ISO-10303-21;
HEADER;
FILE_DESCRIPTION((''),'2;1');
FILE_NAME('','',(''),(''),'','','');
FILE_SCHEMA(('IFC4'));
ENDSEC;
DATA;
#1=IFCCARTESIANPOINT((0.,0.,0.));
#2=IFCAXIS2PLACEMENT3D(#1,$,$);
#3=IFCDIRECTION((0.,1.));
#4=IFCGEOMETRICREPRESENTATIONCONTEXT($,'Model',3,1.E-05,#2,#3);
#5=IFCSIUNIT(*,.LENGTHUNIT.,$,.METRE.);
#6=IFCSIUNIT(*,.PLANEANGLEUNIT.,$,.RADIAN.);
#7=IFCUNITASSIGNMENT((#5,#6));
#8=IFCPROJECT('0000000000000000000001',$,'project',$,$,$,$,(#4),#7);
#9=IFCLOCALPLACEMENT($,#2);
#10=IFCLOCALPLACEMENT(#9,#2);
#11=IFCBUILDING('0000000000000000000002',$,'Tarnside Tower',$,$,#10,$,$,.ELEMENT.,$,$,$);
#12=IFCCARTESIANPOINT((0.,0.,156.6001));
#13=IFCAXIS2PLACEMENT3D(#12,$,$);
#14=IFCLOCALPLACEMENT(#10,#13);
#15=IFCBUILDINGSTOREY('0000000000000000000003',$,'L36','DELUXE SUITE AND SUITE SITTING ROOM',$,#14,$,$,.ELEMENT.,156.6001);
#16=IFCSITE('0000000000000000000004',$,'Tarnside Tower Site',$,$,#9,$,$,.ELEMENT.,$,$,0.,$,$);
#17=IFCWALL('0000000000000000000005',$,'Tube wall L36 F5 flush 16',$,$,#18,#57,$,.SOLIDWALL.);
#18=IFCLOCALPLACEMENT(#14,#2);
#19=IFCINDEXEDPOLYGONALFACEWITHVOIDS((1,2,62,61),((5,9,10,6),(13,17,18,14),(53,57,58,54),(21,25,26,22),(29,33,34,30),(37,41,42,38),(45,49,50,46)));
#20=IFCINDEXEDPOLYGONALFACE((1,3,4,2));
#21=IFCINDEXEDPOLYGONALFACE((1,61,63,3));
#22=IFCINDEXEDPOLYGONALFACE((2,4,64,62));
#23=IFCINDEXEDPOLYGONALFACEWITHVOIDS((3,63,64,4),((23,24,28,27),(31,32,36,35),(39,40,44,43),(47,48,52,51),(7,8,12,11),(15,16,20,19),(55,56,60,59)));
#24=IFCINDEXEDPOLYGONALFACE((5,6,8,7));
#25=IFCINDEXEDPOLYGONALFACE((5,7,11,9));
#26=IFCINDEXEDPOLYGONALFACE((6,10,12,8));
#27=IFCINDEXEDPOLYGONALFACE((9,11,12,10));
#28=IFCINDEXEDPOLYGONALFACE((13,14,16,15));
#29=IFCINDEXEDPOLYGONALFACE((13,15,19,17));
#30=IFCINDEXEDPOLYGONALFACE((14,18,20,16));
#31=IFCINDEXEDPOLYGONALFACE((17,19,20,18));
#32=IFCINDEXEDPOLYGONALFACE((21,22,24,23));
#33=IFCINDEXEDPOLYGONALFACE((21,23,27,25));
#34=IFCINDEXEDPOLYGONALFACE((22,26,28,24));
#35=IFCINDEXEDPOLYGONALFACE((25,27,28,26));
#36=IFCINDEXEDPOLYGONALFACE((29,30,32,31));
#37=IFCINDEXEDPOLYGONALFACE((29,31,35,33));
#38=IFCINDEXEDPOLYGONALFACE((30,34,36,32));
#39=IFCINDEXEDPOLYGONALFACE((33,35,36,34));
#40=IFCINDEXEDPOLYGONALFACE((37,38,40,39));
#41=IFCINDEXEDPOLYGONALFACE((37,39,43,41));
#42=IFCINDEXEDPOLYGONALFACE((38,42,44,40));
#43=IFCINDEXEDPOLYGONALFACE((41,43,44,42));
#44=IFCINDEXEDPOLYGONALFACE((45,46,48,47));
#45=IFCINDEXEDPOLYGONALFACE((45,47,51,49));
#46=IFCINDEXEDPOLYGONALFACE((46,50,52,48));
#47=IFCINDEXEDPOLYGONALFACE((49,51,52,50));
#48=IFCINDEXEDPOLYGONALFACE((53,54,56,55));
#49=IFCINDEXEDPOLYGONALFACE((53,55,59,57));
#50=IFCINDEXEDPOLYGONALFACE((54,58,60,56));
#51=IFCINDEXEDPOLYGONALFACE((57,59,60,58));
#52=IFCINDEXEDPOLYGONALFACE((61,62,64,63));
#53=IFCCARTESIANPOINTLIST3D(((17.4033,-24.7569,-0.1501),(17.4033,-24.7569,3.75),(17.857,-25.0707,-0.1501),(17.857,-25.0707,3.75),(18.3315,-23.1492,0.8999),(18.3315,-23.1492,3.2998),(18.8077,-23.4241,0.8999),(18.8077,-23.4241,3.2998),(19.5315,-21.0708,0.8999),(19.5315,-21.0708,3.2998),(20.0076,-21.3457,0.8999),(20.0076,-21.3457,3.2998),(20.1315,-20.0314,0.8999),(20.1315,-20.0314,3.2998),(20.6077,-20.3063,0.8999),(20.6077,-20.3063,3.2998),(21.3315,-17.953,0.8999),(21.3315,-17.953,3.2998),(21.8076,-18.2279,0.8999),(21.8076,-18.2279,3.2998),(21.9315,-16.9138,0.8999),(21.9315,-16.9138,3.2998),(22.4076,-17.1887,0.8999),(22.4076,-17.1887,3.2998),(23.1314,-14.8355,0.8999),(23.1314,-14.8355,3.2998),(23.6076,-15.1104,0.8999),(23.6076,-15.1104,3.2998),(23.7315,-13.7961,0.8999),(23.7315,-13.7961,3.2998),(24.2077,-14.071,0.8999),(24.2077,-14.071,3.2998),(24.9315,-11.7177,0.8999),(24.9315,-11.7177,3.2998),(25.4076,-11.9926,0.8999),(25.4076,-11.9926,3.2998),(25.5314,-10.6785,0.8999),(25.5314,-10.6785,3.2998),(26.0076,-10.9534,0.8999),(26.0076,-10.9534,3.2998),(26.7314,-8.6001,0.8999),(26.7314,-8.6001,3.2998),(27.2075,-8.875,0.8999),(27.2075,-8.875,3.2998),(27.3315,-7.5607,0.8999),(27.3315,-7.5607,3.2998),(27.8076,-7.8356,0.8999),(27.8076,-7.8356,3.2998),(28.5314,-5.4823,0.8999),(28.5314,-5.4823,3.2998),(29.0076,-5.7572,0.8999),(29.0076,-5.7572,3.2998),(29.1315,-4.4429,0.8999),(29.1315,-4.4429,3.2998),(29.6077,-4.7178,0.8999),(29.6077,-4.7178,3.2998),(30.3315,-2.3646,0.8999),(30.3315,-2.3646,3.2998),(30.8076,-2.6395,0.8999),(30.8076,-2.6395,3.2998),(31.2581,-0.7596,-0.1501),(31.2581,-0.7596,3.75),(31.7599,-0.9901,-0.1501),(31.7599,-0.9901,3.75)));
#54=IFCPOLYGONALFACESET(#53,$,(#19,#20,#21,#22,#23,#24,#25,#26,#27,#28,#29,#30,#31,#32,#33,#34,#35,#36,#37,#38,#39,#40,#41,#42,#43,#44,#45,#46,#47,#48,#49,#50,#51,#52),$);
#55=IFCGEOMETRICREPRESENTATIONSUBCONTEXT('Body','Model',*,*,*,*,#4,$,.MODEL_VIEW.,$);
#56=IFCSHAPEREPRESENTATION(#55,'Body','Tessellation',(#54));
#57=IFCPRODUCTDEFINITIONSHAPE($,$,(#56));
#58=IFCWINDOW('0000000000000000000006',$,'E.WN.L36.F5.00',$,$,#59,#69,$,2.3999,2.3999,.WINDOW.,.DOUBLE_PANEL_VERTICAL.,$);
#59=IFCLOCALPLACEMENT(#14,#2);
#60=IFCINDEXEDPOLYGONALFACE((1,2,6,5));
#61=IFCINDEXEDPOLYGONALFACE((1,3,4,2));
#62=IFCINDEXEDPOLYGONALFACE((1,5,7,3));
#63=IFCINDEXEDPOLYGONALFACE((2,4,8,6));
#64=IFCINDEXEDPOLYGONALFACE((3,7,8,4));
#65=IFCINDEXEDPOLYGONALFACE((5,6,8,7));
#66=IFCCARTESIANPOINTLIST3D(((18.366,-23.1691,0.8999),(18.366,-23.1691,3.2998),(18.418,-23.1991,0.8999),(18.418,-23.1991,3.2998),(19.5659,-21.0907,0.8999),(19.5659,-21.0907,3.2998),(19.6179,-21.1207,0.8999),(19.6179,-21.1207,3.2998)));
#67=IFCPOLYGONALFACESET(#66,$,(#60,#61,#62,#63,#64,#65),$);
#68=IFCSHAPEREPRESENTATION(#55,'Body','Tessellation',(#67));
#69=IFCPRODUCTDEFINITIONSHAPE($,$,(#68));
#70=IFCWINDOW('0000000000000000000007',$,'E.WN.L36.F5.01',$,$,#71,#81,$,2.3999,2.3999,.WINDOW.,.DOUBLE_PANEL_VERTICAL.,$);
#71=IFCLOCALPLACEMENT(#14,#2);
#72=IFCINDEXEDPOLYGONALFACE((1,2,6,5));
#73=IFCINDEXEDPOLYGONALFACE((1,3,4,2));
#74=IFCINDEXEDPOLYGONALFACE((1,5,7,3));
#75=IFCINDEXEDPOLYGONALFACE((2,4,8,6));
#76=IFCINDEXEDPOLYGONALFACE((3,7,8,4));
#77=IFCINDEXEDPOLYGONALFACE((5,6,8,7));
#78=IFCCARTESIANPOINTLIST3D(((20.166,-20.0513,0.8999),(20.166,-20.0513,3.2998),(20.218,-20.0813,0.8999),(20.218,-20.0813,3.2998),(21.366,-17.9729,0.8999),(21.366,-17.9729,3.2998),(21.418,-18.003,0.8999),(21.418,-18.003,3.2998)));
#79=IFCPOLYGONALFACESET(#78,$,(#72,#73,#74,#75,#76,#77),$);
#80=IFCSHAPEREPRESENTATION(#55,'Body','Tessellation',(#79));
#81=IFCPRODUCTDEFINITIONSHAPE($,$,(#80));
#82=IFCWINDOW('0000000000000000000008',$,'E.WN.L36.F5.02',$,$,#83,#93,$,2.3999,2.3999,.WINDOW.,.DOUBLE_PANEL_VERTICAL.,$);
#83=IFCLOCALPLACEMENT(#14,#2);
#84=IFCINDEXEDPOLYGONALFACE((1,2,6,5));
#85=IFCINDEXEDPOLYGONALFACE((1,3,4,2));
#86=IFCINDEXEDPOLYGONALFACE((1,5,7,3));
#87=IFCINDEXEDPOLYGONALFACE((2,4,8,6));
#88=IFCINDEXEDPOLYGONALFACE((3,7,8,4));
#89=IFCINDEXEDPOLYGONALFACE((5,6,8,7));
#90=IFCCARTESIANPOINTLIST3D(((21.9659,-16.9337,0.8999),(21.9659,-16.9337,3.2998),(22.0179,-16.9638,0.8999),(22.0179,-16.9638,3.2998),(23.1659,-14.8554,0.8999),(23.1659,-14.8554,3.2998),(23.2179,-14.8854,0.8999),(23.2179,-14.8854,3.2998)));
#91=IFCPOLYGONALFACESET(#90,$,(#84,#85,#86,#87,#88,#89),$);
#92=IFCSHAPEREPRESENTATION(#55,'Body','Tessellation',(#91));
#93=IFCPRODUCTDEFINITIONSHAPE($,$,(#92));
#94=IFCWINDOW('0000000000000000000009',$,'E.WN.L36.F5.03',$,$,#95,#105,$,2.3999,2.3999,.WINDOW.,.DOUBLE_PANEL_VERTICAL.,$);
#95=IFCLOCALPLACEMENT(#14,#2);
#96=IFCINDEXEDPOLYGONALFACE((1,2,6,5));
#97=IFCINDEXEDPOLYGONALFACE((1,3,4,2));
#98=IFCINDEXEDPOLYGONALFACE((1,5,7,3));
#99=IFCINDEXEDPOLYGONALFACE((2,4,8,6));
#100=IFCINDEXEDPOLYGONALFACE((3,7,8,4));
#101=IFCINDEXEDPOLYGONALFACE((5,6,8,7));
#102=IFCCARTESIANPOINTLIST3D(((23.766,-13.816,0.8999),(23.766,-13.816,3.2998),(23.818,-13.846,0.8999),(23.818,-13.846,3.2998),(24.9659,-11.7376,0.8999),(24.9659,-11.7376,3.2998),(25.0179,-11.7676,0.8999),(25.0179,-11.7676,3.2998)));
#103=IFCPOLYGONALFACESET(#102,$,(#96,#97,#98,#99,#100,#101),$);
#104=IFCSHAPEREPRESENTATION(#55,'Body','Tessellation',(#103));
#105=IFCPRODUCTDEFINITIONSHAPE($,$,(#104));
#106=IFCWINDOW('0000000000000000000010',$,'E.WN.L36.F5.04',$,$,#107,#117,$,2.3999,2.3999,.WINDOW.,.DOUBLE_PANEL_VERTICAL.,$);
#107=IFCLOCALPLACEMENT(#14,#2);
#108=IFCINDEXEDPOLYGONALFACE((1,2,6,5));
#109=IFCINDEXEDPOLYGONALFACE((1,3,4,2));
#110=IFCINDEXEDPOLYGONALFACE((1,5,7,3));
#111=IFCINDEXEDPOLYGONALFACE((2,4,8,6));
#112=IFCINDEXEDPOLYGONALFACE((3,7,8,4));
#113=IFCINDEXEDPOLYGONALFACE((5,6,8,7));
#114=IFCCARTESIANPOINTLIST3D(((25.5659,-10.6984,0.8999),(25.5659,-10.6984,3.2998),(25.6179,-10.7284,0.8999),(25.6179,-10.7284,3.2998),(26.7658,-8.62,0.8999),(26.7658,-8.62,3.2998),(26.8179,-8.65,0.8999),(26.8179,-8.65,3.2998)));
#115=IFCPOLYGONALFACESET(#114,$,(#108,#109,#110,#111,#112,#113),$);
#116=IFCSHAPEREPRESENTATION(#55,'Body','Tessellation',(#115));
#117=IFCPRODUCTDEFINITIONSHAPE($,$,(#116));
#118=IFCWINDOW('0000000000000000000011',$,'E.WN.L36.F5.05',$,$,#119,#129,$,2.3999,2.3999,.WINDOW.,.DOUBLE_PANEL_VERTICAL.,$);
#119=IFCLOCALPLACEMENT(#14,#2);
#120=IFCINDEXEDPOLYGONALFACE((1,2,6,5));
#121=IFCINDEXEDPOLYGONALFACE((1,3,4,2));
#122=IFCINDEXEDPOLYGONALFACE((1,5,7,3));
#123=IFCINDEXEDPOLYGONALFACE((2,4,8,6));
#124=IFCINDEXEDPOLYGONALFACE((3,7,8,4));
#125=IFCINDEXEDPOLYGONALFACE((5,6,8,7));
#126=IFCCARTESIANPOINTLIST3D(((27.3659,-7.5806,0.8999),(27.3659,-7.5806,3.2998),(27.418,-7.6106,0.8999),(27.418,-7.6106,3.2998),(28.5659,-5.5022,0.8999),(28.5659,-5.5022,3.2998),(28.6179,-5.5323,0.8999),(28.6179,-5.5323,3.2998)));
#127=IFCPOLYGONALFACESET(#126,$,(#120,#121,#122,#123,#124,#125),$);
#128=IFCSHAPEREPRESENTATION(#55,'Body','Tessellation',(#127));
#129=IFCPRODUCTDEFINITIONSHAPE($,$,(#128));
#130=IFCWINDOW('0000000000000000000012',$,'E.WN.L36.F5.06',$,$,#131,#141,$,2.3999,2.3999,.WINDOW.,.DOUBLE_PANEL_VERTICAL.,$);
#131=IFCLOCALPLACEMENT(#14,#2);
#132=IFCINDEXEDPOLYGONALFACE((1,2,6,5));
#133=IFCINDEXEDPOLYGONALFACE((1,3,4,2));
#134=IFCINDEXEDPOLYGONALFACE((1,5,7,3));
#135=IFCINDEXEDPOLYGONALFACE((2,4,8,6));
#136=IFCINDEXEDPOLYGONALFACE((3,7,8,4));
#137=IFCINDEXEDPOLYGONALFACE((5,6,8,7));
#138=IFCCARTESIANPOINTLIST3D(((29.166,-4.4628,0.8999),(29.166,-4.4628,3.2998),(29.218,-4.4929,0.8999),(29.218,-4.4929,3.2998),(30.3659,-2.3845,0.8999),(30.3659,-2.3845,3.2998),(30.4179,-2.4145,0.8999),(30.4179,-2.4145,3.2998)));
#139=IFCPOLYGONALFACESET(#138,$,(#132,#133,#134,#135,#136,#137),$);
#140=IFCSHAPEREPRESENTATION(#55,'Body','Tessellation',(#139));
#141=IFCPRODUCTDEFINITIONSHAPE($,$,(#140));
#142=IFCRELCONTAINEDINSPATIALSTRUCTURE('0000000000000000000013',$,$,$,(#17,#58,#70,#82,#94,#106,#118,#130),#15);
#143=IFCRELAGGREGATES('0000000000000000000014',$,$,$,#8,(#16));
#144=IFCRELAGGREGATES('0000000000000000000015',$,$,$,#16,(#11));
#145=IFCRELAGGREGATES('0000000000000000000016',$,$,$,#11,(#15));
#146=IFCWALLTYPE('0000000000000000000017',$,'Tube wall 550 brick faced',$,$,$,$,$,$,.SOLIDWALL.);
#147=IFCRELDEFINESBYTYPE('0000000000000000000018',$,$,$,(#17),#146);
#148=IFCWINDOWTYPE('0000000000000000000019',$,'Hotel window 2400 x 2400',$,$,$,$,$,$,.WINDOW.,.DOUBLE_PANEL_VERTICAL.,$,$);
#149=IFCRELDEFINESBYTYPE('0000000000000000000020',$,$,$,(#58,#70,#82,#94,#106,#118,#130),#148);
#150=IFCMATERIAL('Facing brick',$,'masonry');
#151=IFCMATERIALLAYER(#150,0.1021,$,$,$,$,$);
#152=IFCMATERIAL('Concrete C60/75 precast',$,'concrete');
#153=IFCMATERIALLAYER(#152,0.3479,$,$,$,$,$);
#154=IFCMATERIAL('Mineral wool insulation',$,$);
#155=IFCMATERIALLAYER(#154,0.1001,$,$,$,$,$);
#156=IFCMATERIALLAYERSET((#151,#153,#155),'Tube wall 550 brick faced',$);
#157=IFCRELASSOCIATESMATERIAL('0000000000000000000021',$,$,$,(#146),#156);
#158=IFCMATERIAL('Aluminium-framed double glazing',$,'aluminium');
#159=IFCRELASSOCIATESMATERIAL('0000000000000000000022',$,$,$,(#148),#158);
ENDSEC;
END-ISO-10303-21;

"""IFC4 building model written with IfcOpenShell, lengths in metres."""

from ifc_helpers import new_model, si_unit, direction, frame, frame_2d, origin, place, context, subcontext, project, spatial, polyline, rectangle, outline, extrude, material, layer, layer_set, type_object, element, fill, save


model = new_model("IFC4")

# Units and contexts
model_context = context("Model", 3, precision=1e-05, world=origin(), true_north=direction((0.0, 1.0)))
body_context = subcontext(model_context, "Body", "Model", "MODEL_VIEW")
ifc_project = project(units=[si_unit("LENGTHUNIT", "METRE"), si_unit("PLANEANGLEUNIT", "RADIAN")], contexts=[model_context])

# Site, building, storey
site_placement = place(None, origin())
site = spatial("IfcSite", under=ifc_project, at=site_placement, Name="Tarnside Tower Site", CompositionType="ELEMENT", RefElevation=0.0)
building_placement = place(site_placement, origin())
building = spatial("IfcBuilding", under=site, at=building_placement, Name="Tarnside Tower", CompositionType="ELEMENT")
storey_placement = place(building_placement, frame((0.0, 0.0, 156.6001)))
storey = spatial("IfcBuildingStorey", under=building, at=storey_placement, Name="L36", Description="DELUXE SUITE AND SUITE SITTING ROOM", CompositionType="ELEMENT", Elevation=156.6001)

# Shared definitions
ifc_material_1 = material(Name="Facing brick", Category="masonry")
ifc_layer_1 = layer(ifc_material_1, 0.1021)
ifc_material_2 = material(Name="Concrete C60/75 precast", Category="concrete")
ifc_layer_2 = layer(ifc_material_2, 0.3479)
ifc_material_3 = material(Name="Mineral wool insulation")
ifc_layer_3 = layer(ifc_material_3, 0.1001)
ifc_layer_set_1 = layer_set([ifc_layer_1, ifc_layer_2, ifc_layer_3], Name="Tube wall 550 brick faced")
wall_type_1 = type_object("IfcWallType", Name="Tube wall 550 brick faced", PredefinedType="SOLIDWALL", material=ifc_layer_set_1)

# Wall, openings, windows
wall_1_placement = place(storey_placement, frame((17.6301, -24.9138, -0.1501), z_axis=(0.0, 0.0, 1.0), x_axis=(0.499999, 0.866026, 0.0)))
wall_1 = element("IfcWall", 1, at=wall_1_placement, inside=storey, type_object=wall_type_1, Name="Tube wall L36 F5 flush 16", PredefinedType="SOLIDWALL", context=body_context, shape_type="SweptSolid", body=[
    extrude(outline(polyline([(-0.0225, -0.2749), (27.7834, -0.2749), (27.7322, 0.2749), (0.0225, 0.2749), (-0.0225, -0.2749)])), origin(), (0.0, 0.0, 1.0), 3.9001),
])
opening_1_placement = place(wall_1_placement, frame((1.8789, 0.0, 1.05)))
opening_1 = element("IfcOpeningElement", 2, at=opening_1_placement, cuts=wall_1, PredefinedType="OPENING", context=body_context, shape_type="SweptSolid", body=[
    extrude(rectangle(XDim=2.3999, YDim=2.3999, at=frame_2d((1.2, 1.2))), frame((0.0, 0.2852, 0.0), z_axis=(0.0, -1.0, 0.0), x_axis=(1.0, 0.0, 0.0)), (0.0, 0.0, 1.0), 0.5701),
])
opening_2_placement = place(wall_1_placement, frame((5.479, 0.0, 1.05)))
opening_2 = element("IfcOpeningElement", 3, at=opening_2_placement, cuts=wall_1, PredefinedType="OPENING", context=body_context, shape_type="SweptSolid", body=[
    extrude(rectangle(XDim=2.3999, YDim=2.3999, at=frame_2d((1.2, 1.2))), frame((0.0, 0.2852, 0.0), z_axis=(0.0, -1.0, 0.0), x_axis=(1.0, 0.0, 0.0)), (0.0, 0.0, 1.0), 0.5701),
])
opening_3_placement = place(wall_1_placement, frame((9.0789, 0.0, 1.05)))
opening_3 = element("IfcOpeningElement", 4, at=opening_3_placement, cuts=wall_1, PredefinedType="OPENING", context=body_context, shape_type="SweptSolid", body=[
    extrude(rectangle(XDim=2.3999, YDim=2.3999, at=frame_2d((1.2, 1.2))), frame((0.0, 0.2852, 0.0), z_axis=(0.0, -1.0, 0.0), x_axis=(1.0, 0.0, 0.0)), (0.0, 0.0, 1.0), 0.5701),
])
opening_4_placement = place(wall_1_placement, frame((12.679, 0.0, 1.05)))
opening_4 = element("IfcOpeningElement", 5, at=opening_4_placement, cuts=wall_1, PredefinedType="OPENING", context=body_context, shape_type="SweptSolid", body=[
    extrude(rectangle(XDim=2.3999, YDim=2.3999, at=frame_2d((1.2, 1.2))), frame((0.0, 0.2852, 0.0), z_axis=(0.0, -1.0, 0.0), x_axis=(1.0, 0.0, 0.0)), (0.0, 0.0, 1.0), 0.5701),
])
opening_5_placement = place(wall_1_placement, frame((16.2788, 0.0, 1.05)))
opening_5 = element("IfcOpeningElement", 6, at=opening_5_placement, cuts=wall_1, PredefinedType="OPENING", context=body_context, shape_type="SweptSolid", body=[
    extrude(rectangle(XDim=2.3999, YDim=2.3999, at=frame_2d((1.2, 1.2))), frame((0.0, 0.2852, 0.0), z_axis=(0.0, -1.0, 0.0), x_axis=(1.0, 0.0, 0.0)), (0.0, 0.0, 1.0), 0.5701),
])
opening_6_placement = place(wall_1_placement, frame((19.8789, 0.0, 1.05)))
opening_6 = element("IfcOpeningElement", 7, at=opening_6_placement, cuts=wall_1, PredefinedType="OPENING", context=body_context, shape_type="SweptSolid", body=[
    extrude(rectangle(XDim=2.3999, YDim=2.3999, at=frame_2d((1.2, 1.2))), frame((0.0, 0.2852, 0.0), z_axis=(0.0, -1.0, 0.0), x_axis=(1.0, 0.0, 0.0)), (0.0, 0.0, 1.0), 0.5701),
])
opening_7_placement = place(wall_1_placement, frame((23.479, 0.0, 1.05)))
opening_7 = element("IfcOpeningElement", 8, at=opening_7_placement, cuts=wall_1, PredefinedType="OPENING", context=body_context, shape_type="SweptSolid", body=[
    extrude(rectangle(XDim=2.3999, YDim=2.3999, at=frame_2d((1.2, 1.2))), frame((0.0, 0.2852, 0.0), z_axis=(0.0, -1.0, 0.0), x_axis=(1.0, 0.0, 0.0)), (0.0, 0.0, 1.0), 0.5701),
])
ifc_material_4 = material(Name="Aluminium-framed double glazing", Category="aluminium")
window_type = type_object("IfcWindowType", Name="Hotel window 2400 x 2400", PartitioningType="DOUBLE_PANEL_VERTICAL", PredefinedType="WINDOW", material=ifc_material_4)
window_1_placement = place(opening_1_placement, frame((0.0, 0.2051, 0.0)))
window_1 = element("IfcWindow", 9, at=window_1_placement, inside=storey, type_object=window_type, Name="E.WN.L36.F5.00", OverallHeight=2.3999, OverallWidth=2.3999, PartitioningType="DOUBLE_PANEL_VERTICAL", PredefinedType="WINDOW", context=body_context, shape_type="SweptSolid", body=[
    extrude(rectangle(XDim=2.3999, YDim=2.3999, at=frame_2d((1.2, 1.2))), frame((0.0, 0.03, 0.0), z_axis=(0.0, -1.0, 0.0), x_axis=(1.0, 0.0, 0.0)), (0.0, 0.0, 1.0), 0.0601),
])
fill(opening_1, window_1)
window_2_placement = place(opening_2_placement, frame((0.0, 0.2051, 0.0)))
window_2 = element("IfcWindow", 10, at=window_2_placement, inside=storey, type_object=window_type, Name="E.WN.L36.F5.01", OverallHeight=2.3999, OverallWidth=2.3999, PartitioningType="DOUBLE_PANEL_VERTICAL", PredefinedType="WINDOW", context=body_context, shape_type="SweptSolid", body=[
    extrude(rectangle(XDim=2.3999, YDim=2.3999, at=frame_2d((1.2, 1.2))), frame((0.0, 0.03, 0.0), z_axis=(0.0, -1.0, 0.0), x_axis=(1.0, 0.0, 0.0)), (0.0, 0.0, 1.0), 0.0601),
])
fill(opening_2, window_2)
window_3_placement = place(opening_3_placement, frame((0.0, 0.2051, 0.0)))
window_3 = element("IfcWindow", 11, at=window_3_placement, inside=storey, type_object=window_type, Name="E.WN.L36.F5.02", OverallHeight=2.3999, OverallWidth=2.3999, PartitioningType="DOUBLE_PANEL_VERTICAL", PredefinedType="WINDOW", context=body_context, shape_type="SweptSolid", body=[
    extrude(rectangle(XDim=2.3999, YDim=2.3999, at=frame_2d((1.2, 1.2))), frame((0.0, 0.03, 0.0), z_axis=(0.0, -1.0, 0.0), x_axis=(1.0, 0.0, 0.0)), (0.0, 0.0, 1.0), 0.0601),
])
fill(opening_3, window_3)
window_4_placement = place(opening_4_placement, frame((0.0, 0.2051, 0.0)))
window_4 = element("IfcWindow", 12, at=window_4_placement, inside=storey, type_object=window_type, Name="E.WN.L36.F5.03", OverallHeight=2.3999, OverallWidth=2.3999, PartitioningType="DOUBLE_PANEL_VERTICAL", PredefinedType="WINDOW", context=body_context, shape_type="SweptSolid", body=[
    extrude(rectangle(XDim=2.3999, YDim=2.3999, at=frame_2d((1.2, 1.2))), frame((0.0, 0.03, 0.0), z_axis=(0.0, -1.0, 0.0), x_axis=(1.0, 0.0, 0.0)), (0.0, 0.0, 1.0), 0.0601),
])
fill(opening_4, window_4)
window_5_placement = place(opening_5_placement, frame((0.0, 0.2051, 0.0)))
window_5 = element("IfcWindow", 13, at=window_5_placement, inside=storey, type_object=window_type, Name="E.WN.L36.F5.04", OverallHeight=2.3999, OverallWidth=2.3999, PartitioningType="DOUBLE_PANEL_VERTICAL", PredefinedType="WINDOW", context=body_context, shape_type="SweptSolid", body=[
    extrude(rectangle(XDim=2.3999, YDim=2.3999, at=frame_2d((1.2, 1.2))), frame((0.0, 0.03, 0.0), z_axis=(0.0, -1.0, 0.0), x_axis=(1.0, 0.0, 0.0)), (0.0, 0.0, 1.0), 0.0601),
])
fill(opening_5, window_5)
window_6_placement = place(opening_6_placement, frame((0.0, 0.2051, 0.0)))
window_6 = element("IfcWindow", 14, at=window_6_placement, inside=storey, type_object=window_type, Name="E.WN.L36.F5.05", OverallHeight=2.3999, OverallWidth=2.3999, PartitioningType="DOUBLE_PANEL_VERTICAL", PredefinedType="WINDOW", context=body_context, shape_type="SweptSolid", body=[
    extrude(rectangle(XDim=2.3999, YDim=2.3999, at=frame_2d((1.2, 1.2))), frame((0.0, 0.03, 0.0), z_axis=(0.0, -1.0, 0.0), x_axis=(1.0, 0.0, 0.0)), (0.0, 0.0, 1.0), 0.0601),
])
fill(opening_6, window_6)
window_7_placement = place(opening_7_placement, frame((0.0, 0.2051, 0.0)))
window_7 = element("IfcWindow", 15, at=window_7_placement, inside=storey, type_object=window_type, Name="E.WN.L36.F5.06", OverallHeight=2.3999, OverallWidth=2.3999, PartitioningType="DOUBLE_PANEL_VERTICAL", PredefinedType="WINDOW", context=body_context, shape_type="SweptSolid", body=[
    extrude(rectangle(XDim=2.3999, YDim=2.3999, at=frame_2d((1.2, 1.2))), frame((0.0, 0.03, 0.0), z_axis=(0.0, -1.0, 0.0), x_axis=(1.0, 0.0, 0.0)), (0.0, 0.0, 1.0), 0.0601),
])
fill(opening_7, window_7)

save(model, "model.ifc")
